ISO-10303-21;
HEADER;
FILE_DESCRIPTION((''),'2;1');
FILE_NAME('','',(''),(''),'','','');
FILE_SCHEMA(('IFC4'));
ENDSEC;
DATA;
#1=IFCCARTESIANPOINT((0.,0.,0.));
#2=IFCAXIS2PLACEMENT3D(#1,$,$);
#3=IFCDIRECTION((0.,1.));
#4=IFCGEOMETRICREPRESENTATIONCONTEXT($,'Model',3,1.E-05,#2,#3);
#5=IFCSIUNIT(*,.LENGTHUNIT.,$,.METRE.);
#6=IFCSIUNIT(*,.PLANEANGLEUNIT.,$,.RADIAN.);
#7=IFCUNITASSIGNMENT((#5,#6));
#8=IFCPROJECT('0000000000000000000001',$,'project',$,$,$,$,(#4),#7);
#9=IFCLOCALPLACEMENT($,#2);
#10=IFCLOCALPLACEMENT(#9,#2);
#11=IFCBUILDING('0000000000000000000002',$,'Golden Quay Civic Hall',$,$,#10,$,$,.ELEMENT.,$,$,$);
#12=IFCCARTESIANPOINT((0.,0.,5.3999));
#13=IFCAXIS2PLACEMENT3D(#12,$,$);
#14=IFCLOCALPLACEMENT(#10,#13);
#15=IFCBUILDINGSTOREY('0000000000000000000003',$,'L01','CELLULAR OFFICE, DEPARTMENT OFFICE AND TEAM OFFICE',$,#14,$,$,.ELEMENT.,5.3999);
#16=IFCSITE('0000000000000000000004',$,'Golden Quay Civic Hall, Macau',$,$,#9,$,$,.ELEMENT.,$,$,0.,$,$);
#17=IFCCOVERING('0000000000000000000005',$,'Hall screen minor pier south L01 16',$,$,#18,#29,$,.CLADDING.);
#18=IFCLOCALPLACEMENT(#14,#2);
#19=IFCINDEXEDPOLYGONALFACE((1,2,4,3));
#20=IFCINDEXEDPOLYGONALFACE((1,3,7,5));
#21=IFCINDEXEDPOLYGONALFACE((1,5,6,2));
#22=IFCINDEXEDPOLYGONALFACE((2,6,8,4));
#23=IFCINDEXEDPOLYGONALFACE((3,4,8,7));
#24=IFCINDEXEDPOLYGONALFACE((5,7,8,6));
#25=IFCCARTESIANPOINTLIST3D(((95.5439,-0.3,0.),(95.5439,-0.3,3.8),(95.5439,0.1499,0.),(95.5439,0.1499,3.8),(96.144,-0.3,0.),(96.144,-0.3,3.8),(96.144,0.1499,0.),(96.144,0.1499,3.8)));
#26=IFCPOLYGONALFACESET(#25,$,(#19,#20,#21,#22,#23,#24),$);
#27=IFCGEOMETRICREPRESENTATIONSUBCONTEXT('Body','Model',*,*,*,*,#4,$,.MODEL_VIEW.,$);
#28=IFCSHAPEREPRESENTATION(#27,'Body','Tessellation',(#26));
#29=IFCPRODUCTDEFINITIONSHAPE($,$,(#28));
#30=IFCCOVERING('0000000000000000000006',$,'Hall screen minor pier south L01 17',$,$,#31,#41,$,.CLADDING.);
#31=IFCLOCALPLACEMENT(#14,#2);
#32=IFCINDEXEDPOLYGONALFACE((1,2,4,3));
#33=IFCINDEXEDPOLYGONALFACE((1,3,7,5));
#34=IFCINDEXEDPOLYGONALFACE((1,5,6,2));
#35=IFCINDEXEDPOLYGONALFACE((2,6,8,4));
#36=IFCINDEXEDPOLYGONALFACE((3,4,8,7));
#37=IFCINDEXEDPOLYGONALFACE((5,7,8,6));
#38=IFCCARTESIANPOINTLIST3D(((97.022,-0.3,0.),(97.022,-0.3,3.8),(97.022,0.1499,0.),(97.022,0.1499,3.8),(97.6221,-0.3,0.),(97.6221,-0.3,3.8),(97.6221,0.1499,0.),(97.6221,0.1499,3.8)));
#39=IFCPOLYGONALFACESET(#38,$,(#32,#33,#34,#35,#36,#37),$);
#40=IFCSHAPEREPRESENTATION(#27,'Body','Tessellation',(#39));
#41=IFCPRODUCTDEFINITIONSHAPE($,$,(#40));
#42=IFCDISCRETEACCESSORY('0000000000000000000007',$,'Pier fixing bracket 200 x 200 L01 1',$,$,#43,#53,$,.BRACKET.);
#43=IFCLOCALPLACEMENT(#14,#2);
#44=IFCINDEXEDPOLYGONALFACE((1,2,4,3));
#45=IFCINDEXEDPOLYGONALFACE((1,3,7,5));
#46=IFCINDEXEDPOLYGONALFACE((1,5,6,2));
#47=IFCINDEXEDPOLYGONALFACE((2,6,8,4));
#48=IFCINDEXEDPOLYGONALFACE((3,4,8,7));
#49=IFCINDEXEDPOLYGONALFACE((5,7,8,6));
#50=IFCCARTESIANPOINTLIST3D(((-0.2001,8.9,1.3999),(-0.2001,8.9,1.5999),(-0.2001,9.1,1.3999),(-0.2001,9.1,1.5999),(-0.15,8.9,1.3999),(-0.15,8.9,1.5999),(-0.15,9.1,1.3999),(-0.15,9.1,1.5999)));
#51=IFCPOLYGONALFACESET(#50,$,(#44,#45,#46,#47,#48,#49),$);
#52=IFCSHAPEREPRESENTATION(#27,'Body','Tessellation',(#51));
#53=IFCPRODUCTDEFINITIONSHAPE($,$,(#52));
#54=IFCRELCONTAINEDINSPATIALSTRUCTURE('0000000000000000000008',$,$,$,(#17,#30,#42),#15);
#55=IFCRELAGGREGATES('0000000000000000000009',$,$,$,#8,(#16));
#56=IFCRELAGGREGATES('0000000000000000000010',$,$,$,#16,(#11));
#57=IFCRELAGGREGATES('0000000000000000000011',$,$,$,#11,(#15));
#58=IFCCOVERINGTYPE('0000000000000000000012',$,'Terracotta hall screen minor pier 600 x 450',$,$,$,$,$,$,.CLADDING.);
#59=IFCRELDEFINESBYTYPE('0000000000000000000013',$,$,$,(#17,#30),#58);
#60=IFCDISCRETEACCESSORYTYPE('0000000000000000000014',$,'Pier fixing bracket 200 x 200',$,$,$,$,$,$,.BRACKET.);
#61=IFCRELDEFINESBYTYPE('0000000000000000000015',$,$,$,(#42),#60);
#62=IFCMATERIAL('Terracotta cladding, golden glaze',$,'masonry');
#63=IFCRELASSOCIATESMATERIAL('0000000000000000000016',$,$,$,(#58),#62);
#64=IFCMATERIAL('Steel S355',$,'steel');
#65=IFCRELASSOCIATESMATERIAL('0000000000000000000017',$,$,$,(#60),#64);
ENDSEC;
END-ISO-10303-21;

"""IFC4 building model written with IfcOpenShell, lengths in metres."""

from ifc_helpers import new_model, si_unit, direction, frame, origin, origin_2d, place, context, subcontext, project, spatial, polyline, rectangle, outline, extrude, material, type_object, element, save


model = new_model("IFC4")

# Units and contexts
model_context = context("Model", 3, precision=1e-05, world=origin(), true_north=direction((0.0, 1.0)))
body_context = subcontext(model_context, "Body", "Model", "MODEL_VIEW")
ifc_project = project(units=[si_unit("LENGTHUNIT", "METRE"), si_unit("PLANEANGLEUNIT", "RADIAN")], contexts=[model_context])

# Site, building, storey
site_placement = place(None, origin())
site = spatial("IfcSite", under=ifc_project, at=site_placement, Name="Golden Quay Civic Hall, Macau", CompositionType="ELEMENT", RefElevation=0.0)
building_placement = place(site_placement, origin())
building = spatial("IfcBuilding", under=site, at=building_placement, Name="Golden Quay Civic Hall", CompositionType="ELEMENT")
storey_placement = place(building_placement, frame((0.0, 0.0, 5.3999)))
storey = spatial("IfcBuildingStorey", under=building, at=storey_placement, Name="L01", Description="CELLULAR OFFICE, DEPARTMENT OFFICE AND TEAM OFFICE", CompositionType="ELEMENT", Elevation=5.3999)

# Coverings
ifc_material_1 = material(Name="Terracotta cladding, golden glaze", Category="masonry")
covering_type_1 = type_object("IfcCoveringType", Name="Terracotta hall screen minor pier 600 x 450", PredefinedType="CLADDING", material=ifc_material_1)
covering_1_placement = place(storey_placement, origin())
element("IfcCovering", 1, at=covering_1_placement, inside=storey, type_object=covering_type_1, Name="Hall screen minor pier south L01 16", PredefinedType="CLADDING", context=body_context, shape_type="SweptSolid", body=[
    extrude(outline(polyline([(95.5439, -0.3), (96.144, -0.3), (96.144, 0.1499), (95.5439, 0.1499), (95.5439, -0.3)])), origin(), (0.0, 0.0, 1.0), 3.8),
])
covering_2_placement = place(storey_placement, origin())
element("IfcCovering", 2, at=covering_2_placement, inside=storey, type_object=covering_type_1, Name="Hall screen minor pier south L01 17", PredefinedType="CLADDING", context=body_context, shape_type="SweptSolid", body=[
    extrude(outline(polyline([(97.022, -0.3), (97.6221, -0.3), (97.6221, 0.1499), (97.022, 0.1499), (97.022, -0.3)])), origin(), (0.0, 0.0, 1.0), 3.8),
])

# Discrete accessory
ifc_material_2 = material(Name="Steel S355", Category="steel")
discrete_accessory_type = type_object("IfcDiscreteAccessoryType", Name="Pier fixing bracket 200 x 200", PredefinedType="BRACKET", material=ifc_material_2)
discrete_accessory_placement = place(storey_placement, frame((-0.175, 9.0, 1.3999), z_axis=(0.0, 0.0, 1.0), x_axis=(0.0, -1.0, 0.0)))
element("IfcDiscreteAccessory", 3, at=discrete_accessory_placement, inside=storey, type_object=discrete_accessory_type, Name="Pier fixing bracket 200 x 200 L01 1", PredefinedType="BRACKET", context=body_context, shape_type="SweptSolid", body=[
    extrude(rectangle(XDim=0.2, YDim=0.05, at=origin_2d()), origin(), (0.0, 0.0, 1.0), 0.2),
])

save(model, "model.ifc")
